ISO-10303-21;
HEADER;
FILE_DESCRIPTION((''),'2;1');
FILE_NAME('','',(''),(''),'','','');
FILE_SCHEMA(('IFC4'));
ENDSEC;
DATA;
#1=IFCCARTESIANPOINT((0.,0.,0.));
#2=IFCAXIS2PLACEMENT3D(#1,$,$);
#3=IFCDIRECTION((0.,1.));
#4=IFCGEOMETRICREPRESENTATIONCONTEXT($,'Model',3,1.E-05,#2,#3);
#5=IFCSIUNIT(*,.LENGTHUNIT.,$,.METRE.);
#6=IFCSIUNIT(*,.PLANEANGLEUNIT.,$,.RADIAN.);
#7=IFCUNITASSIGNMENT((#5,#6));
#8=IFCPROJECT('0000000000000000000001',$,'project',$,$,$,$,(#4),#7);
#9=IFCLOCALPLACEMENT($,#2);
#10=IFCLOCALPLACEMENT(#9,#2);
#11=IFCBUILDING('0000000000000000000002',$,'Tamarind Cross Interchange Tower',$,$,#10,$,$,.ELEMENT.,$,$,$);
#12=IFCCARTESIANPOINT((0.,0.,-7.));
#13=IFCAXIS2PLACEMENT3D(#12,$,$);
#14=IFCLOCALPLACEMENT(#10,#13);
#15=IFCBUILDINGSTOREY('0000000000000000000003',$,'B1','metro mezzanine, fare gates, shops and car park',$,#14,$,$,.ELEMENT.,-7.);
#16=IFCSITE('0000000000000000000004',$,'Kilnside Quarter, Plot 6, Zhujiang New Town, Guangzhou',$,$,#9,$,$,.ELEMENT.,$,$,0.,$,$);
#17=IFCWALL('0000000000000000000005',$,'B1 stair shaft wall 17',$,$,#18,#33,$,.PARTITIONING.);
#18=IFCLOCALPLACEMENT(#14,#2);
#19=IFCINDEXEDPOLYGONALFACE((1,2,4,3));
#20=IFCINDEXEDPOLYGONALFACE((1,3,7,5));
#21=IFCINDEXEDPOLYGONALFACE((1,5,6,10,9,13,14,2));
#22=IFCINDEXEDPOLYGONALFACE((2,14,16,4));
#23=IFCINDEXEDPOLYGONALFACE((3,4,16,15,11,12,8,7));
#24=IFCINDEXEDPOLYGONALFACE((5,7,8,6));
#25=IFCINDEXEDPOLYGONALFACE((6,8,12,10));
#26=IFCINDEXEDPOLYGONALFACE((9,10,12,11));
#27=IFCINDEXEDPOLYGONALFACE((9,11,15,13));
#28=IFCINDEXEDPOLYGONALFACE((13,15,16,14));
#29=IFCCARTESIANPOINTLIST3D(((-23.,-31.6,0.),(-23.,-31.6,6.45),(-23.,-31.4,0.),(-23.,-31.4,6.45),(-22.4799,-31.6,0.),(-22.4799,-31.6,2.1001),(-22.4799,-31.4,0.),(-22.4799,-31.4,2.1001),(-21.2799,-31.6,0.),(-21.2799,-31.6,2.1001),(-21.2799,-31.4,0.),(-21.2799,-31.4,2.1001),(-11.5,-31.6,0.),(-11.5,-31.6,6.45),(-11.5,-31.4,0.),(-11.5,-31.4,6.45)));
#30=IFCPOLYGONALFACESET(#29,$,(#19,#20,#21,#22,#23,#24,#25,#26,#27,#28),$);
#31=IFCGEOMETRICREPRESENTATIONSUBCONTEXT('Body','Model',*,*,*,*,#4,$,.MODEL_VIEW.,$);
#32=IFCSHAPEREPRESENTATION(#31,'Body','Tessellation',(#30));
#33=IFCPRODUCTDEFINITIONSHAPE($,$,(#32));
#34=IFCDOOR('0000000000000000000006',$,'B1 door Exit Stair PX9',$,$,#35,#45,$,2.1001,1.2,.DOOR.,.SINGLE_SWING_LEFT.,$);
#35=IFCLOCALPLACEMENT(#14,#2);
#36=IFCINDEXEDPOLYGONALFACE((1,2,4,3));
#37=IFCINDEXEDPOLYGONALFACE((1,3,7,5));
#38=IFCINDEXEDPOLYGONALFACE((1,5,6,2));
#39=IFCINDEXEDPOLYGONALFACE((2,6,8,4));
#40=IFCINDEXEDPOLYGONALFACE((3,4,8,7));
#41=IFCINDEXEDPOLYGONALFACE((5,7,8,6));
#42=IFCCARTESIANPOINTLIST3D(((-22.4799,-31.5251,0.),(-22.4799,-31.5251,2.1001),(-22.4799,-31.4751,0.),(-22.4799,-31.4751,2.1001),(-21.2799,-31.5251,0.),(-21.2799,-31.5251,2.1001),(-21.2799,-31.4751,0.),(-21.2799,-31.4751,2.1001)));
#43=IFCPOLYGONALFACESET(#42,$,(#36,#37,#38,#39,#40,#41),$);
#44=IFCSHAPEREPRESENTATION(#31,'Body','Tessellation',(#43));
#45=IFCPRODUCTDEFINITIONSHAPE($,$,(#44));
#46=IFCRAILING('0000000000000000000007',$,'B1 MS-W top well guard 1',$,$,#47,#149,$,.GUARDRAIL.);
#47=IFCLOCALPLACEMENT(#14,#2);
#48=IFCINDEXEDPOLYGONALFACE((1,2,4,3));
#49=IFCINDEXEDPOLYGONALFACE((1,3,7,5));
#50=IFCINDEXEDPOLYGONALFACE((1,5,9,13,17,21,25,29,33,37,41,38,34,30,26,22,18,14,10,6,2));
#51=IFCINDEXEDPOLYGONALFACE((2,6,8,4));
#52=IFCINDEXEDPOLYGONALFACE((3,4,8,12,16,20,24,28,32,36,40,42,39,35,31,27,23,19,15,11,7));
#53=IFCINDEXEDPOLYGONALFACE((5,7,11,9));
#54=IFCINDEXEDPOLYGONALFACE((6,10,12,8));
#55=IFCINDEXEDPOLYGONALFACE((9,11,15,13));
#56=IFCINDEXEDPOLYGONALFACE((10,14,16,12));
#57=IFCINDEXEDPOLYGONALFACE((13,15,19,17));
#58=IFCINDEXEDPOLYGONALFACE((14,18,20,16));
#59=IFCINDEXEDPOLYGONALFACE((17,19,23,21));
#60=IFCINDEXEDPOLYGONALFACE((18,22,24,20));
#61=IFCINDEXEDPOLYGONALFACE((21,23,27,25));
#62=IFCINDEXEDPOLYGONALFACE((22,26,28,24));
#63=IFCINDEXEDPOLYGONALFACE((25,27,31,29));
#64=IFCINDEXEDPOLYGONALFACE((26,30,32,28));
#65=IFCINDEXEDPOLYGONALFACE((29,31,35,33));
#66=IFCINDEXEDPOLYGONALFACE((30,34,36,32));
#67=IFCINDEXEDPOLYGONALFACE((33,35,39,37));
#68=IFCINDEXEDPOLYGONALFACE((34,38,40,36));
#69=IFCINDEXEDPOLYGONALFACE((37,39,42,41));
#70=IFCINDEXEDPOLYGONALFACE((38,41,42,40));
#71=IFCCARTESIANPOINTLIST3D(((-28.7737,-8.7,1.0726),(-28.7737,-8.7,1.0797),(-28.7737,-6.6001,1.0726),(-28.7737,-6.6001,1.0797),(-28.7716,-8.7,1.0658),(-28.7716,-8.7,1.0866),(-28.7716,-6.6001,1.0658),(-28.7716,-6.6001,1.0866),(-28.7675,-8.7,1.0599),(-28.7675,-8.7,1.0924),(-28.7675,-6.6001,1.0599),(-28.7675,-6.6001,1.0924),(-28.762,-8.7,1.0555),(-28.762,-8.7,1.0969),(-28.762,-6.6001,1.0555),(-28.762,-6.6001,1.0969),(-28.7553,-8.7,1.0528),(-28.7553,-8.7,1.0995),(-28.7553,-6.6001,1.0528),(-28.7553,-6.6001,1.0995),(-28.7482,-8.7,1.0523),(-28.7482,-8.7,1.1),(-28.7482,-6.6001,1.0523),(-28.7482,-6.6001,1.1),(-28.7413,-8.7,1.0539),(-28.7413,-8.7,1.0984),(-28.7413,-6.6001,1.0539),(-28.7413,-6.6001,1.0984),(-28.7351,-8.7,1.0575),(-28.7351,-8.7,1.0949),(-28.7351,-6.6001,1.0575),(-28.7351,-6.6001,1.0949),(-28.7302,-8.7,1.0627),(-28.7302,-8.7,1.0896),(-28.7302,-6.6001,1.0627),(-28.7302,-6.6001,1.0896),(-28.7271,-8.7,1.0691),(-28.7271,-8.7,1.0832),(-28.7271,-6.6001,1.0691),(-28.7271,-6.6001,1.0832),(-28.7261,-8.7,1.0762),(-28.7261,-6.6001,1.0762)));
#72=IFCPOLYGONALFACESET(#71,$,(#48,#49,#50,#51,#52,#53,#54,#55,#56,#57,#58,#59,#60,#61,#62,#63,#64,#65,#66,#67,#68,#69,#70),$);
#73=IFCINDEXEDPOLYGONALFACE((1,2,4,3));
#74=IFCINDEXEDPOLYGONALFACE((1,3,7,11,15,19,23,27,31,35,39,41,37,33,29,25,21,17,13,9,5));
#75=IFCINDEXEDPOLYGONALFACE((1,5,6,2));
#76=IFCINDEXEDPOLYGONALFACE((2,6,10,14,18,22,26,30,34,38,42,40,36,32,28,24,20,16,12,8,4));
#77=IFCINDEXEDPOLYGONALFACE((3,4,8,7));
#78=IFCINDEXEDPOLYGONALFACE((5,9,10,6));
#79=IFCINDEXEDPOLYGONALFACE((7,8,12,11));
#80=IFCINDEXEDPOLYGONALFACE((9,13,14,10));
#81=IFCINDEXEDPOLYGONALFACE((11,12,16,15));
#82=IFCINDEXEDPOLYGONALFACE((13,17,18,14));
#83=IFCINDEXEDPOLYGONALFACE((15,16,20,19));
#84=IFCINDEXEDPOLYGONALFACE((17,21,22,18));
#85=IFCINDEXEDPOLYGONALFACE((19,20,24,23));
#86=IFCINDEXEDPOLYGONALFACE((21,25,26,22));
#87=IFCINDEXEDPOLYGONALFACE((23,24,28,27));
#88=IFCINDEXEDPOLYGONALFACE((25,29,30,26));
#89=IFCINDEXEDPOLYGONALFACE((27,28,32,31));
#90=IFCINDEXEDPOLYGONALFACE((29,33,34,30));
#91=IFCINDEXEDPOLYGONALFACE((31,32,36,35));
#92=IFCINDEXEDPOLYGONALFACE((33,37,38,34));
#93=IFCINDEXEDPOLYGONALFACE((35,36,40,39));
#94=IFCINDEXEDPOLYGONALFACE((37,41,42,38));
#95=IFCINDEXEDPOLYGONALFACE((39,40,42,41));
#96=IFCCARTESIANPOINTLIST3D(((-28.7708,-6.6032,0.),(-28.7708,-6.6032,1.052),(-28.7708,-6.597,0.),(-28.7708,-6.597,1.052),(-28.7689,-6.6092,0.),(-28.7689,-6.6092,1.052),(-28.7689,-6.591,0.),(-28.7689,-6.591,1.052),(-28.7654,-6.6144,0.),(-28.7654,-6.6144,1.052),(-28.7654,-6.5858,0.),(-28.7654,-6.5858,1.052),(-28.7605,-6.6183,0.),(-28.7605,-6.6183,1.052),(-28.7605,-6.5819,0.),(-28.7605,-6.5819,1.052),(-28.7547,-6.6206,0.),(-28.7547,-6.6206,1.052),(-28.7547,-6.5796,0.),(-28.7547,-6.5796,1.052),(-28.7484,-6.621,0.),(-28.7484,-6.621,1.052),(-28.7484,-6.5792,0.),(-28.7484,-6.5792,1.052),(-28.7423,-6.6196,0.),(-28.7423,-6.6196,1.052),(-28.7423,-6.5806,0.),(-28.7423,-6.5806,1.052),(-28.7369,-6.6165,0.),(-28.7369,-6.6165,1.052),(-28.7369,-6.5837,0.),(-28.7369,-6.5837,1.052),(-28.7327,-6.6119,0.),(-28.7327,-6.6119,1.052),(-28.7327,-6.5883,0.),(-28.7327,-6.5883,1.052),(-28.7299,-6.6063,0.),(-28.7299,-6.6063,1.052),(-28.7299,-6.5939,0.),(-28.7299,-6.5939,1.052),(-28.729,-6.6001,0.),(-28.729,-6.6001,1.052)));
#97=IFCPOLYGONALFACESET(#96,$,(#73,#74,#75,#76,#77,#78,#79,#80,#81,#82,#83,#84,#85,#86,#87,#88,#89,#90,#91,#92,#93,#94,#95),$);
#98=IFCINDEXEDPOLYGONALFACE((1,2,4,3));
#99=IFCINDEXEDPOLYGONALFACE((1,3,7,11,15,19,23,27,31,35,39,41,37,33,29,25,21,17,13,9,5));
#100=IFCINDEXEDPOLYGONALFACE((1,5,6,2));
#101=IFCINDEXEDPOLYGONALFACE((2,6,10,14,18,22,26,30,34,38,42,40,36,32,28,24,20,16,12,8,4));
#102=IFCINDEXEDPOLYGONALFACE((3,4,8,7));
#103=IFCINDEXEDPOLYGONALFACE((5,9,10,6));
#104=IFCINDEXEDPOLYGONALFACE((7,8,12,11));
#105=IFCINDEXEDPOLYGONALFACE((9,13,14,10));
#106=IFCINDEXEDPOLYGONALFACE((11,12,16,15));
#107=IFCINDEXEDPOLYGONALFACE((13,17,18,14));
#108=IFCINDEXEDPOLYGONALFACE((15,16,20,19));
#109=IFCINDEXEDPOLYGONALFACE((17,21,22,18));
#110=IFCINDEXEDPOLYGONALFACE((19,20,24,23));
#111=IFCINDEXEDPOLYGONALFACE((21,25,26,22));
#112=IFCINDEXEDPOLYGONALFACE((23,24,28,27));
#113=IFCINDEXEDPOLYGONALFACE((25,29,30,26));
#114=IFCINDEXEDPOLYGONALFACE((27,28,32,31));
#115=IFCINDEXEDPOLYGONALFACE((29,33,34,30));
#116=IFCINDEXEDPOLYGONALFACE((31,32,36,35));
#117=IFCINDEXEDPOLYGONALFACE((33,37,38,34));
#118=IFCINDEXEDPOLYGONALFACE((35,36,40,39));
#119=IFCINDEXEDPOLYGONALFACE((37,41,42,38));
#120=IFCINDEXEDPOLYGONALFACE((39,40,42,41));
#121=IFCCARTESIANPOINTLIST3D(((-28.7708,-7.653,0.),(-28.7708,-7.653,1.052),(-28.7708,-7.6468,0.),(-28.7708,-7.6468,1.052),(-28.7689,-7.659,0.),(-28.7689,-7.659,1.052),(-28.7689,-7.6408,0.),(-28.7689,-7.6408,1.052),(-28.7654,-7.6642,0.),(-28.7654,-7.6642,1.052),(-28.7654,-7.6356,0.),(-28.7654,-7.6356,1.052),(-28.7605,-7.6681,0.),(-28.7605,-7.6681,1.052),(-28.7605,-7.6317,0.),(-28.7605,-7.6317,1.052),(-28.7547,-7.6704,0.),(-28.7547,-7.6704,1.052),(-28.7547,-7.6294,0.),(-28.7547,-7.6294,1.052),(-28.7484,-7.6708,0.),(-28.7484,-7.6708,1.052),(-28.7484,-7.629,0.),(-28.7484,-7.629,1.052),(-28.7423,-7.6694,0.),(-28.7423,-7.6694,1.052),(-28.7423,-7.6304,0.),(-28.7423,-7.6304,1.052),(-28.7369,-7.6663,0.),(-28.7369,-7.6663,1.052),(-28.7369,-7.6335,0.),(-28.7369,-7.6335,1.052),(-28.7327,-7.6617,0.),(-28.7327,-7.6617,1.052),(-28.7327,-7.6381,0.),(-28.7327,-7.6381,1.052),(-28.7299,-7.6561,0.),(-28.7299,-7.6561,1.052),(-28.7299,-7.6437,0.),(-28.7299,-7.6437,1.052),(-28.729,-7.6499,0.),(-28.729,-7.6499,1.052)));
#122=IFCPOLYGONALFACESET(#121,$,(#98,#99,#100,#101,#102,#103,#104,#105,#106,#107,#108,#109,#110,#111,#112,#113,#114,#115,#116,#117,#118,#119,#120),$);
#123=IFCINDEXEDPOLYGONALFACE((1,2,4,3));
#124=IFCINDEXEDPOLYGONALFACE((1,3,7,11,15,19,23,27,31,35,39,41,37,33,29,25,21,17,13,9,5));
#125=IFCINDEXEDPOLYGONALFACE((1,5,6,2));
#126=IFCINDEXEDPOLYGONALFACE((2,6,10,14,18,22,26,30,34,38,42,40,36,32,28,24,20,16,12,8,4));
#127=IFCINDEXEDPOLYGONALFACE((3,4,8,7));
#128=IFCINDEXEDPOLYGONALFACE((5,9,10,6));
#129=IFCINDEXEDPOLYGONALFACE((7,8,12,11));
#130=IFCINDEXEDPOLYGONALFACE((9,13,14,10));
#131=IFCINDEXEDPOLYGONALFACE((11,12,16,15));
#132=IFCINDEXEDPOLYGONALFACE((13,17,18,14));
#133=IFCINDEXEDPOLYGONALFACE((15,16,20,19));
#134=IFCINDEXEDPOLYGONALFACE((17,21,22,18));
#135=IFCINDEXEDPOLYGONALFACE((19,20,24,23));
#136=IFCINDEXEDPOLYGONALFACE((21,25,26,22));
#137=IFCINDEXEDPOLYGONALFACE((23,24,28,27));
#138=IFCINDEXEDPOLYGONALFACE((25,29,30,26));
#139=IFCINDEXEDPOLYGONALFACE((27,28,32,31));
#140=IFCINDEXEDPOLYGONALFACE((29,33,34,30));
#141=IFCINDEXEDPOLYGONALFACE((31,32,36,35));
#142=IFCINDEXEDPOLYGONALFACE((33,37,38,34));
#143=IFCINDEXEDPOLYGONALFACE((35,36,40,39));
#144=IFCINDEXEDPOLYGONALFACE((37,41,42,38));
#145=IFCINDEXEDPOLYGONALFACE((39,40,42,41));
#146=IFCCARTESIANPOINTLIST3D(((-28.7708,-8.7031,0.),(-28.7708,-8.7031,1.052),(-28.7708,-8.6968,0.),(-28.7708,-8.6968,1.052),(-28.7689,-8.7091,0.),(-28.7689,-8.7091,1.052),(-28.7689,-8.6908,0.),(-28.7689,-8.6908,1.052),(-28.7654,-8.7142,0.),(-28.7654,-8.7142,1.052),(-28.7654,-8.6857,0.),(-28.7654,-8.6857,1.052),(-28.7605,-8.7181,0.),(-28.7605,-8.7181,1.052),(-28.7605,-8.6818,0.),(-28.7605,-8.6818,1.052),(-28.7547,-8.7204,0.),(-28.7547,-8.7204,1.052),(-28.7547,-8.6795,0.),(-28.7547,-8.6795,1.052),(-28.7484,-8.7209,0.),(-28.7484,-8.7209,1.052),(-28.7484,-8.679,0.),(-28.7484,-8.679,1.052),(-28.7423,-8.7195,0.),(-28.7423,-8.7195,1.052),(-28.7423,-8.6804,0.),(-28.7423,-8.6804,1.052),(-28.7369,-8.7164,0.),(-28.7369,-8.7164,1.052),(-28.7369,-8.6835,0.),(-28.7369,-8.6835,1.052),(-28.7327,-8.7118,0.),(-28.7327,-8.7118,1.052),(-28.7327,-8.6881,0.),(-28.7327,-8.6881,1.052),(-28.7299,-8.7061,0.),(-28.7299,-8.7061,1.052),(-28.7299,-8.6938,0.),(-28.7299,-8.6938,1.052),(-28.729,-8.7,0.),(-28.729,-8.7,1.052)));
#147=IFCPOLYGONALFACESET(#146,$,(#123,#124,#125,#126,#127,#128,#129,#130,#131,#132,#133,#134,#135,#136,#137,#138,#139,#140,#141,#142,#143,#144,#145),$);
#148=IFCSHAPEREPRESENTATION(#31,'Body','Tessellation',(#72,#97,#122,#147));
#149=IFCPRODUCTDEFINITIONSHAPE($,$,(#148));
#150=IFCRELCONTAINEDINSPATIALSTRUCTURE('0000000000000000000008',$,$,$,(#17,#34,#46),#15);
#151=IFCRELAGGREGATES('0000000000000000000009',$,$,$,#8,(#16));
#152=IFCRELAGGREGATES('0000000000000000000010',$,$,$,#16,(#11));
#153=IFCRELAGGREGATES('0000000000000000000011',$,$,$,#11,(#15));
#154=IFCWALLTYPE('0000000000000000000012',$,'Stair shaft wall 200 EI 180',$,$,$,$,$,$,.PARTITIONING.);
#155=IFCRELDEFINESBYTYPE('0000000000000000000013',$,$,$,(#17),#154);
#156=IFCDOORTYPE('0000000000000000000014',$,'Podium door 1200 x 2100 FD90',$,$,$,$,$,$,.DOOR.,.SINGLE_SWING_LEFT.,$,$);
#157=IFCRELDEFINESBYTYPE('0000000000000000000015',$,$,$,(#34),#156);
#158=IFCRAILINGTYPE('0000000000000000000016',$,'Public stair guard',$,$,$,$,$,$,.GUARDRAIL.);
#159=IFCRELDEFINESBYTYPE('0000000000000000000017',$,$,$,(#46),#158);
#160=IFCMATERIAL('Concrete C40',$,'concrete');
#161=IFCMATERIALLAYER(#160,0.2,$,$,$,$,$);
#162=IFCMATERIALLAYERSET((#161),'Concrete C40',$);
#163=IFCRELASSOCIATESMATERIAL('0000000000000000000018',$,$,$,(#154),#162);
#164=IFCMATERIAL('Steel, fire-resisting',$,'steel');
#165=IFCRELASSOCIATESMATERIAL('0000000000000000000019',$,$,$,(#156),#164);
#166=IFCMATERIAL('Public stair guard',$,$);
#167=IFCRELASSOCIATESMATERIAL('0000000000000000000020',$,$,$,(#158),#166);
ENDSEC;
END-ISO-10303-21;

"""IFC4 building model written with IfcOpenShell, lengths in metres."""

from ifc_helpers import new_model, si_unit, direction, frame, frame_2d, origin, origin_2d, place, context, subcontext, project, spatial, rectangle, circle, extrude, material, layer, layer_set, type_object, element, fill, save


model = new_model("IFC4")

# Units and contexts
model_context = context("Model", 3, precision=1e-05, world=origin(), true_north=direction((0.0, 1.0)))
body_context = subcontext(model_context, "Body", "Model", "MODEL_VIEW")
ifc_project = project(units=[si_unit("LENGTHUNIT", "METRE"), si_unit("PLANEANGLEUNIT", "RADIAN")], contexts=[model_context])

# Site, building, storey
site_placement = place(None, origin())
site = spatial("IfcSite", under=ifc_project, at=site_placement, Name="Kilnside Quarter, Plot 6, Zhujiang New Town, Guangzhou", CompositionType="ELEMENT", RefElevation=0.0)
building_placement = place(site_placement, origin())
building = spatial("IfcBuilding", under=site, at=building_placement, Name="Tamarind Cross Interchange Tower", CompositionType="ELEMENT")
storey_placement = place(building_placement, frame((0.0, 0.0, -7.0)))
storey = spatial("IfcBuildingStorey", under=building, at=storey_placement, Name="B1", Description="metro mezzanine, fare gates, shops and car park", CompositionType="ELEMENT", Elevation=-7.0)

# Shared definitions
ifc_material_1 = material(Name="Steel, fire-resisting", Category="steel")

# Shared definitions
ifc_material_2 = material(Name="Concrete C40", Category="concrete")
ifc_layer_1 = layer(ifc_material_2, 0.2)
ifc_layer_set_1 = layer_set([ifc_layer_1], Name="Concrete C40")
wall_type_1 = type_object("IfcWallType", Name="Stair shaft wall 200 EI 180", PredefinedType="PARTITIONING", material=ifc_layer_set_1)

# Wall, opening, door
wall_1_placement = place(storey_placement, frame((-23.0, -31.5, 0.0), z_axis=(0.0, 0.0, 1.0), x_axis=(1.0, 0.0, 0.0)))
wall_1 = element("IfcWall", 1, at=wall_1_placement, inside=storey, type_object=wall_type_1, Name="B1 stair shaft wall 17", PredefinedType="PARTITIONING", context=body_context, shape_type="SweptSolid", body=[
    extrude(rectangle(XDim=11.5, YDim=0.2, at=frame_2d((5.75, 0.0))), origin(), (0.0, 0.0, 1.0), 6.45),
])
opening_1_placement = place(wall_1_placement, frame((0.52, 0.0, 0.0)))
opening_1 = element("IfcOpeningElement", 2, at=opening_1_placement, cuts=wall_1, PredefinedType="OPENING", context=body_context, shape_type="SweptSolid", body=[
    extrude(rectangle(XDim=1.2, YDim=2.1001, at=frame_2d((0.6001, 1.05))), frame((0.0, 0.1099, 0.0), z_axis=(0.0, -1.0, 0.0), x_axis=(1.0, 0.0, 0.0)), (0.0, 0.0, 1.0), 0.22),
])
door_type_1 = type_object("IfcDoorType", Name="Podium door 1200 x 2100 FD90", OperationType="SINGLE_SWING_LEFT", PredefinedType="DOOR", material=ifc_material_1)
door_1_placement = place(opening_1_placement, origin())
door_1 = element("IfcDoor", 3, at=door_1_placement, inside=storey, type_object=door_type_1, Name="B1 door Exit Stair PX9", OperationType="SINGLE_SWING_LEFT", OverallHeight=2.1001, OverallWidth=1.2, PredefinedType="DOOR", context=body_context, shape_type="SweptSolid", body=[
    extrude(rectangle(XDim=1.2, YDim=2.1001, at=frame_2d((0.6001, 1.05))), frame((0.0, 0.0249, 0.0), z_axis=(0.0, -1.0, 0.0), x_axis=(1.0, 0.0, 0.0)), (0.0, 0.0, 1.0), 0.05),
])
fill(opening_1, door_1)

# Railing
ifc_material_3 = material(Name="Public stair guard")
railing_type = type_object("IfcRailingType", Name="Public stair guard", PredefinedType="GUARDRAIL", material=ifc_material_3)
railing_1_placement = place(storey_placement, frame((-28.75, -6.6001, 0.0)))
element("IfcRailing", 4, at=railing_1_placement, inside=storey, type_object=railing_type, Name="B1 MS-W top well guard 1", PredefinedType="GUARDRAIL", context=body_context, shape_type="SweptSolid", body=[
    extrude(circle(Radius=0.0239, at=origin_2d()), frame((0.0, 0.0, 1.0762), z_axis=(0.0, -1.0, 0.0), x_axis=(1.0, 0.0, 0.0)), (0.0, 0.0, 1.0), 2.0999),
    extrude(circle(Radius=0.021, at=origin_2d()), origin(), (0.0, 0.0, 1.0), 1.052),
    extrude(circle(Radius=0.021, at=origin_2d()), frame((0.0, -1.0498, 0.0)), (0.0, 0.0, 1.0), 1.052),
    extrude(circle(Radius=0.021, at=origin_2d()), frame((0.0, -2.0999, 0.0)), (0.0, 0.0, 1.0), 1.052),
])

save(model, "model.ifc")
